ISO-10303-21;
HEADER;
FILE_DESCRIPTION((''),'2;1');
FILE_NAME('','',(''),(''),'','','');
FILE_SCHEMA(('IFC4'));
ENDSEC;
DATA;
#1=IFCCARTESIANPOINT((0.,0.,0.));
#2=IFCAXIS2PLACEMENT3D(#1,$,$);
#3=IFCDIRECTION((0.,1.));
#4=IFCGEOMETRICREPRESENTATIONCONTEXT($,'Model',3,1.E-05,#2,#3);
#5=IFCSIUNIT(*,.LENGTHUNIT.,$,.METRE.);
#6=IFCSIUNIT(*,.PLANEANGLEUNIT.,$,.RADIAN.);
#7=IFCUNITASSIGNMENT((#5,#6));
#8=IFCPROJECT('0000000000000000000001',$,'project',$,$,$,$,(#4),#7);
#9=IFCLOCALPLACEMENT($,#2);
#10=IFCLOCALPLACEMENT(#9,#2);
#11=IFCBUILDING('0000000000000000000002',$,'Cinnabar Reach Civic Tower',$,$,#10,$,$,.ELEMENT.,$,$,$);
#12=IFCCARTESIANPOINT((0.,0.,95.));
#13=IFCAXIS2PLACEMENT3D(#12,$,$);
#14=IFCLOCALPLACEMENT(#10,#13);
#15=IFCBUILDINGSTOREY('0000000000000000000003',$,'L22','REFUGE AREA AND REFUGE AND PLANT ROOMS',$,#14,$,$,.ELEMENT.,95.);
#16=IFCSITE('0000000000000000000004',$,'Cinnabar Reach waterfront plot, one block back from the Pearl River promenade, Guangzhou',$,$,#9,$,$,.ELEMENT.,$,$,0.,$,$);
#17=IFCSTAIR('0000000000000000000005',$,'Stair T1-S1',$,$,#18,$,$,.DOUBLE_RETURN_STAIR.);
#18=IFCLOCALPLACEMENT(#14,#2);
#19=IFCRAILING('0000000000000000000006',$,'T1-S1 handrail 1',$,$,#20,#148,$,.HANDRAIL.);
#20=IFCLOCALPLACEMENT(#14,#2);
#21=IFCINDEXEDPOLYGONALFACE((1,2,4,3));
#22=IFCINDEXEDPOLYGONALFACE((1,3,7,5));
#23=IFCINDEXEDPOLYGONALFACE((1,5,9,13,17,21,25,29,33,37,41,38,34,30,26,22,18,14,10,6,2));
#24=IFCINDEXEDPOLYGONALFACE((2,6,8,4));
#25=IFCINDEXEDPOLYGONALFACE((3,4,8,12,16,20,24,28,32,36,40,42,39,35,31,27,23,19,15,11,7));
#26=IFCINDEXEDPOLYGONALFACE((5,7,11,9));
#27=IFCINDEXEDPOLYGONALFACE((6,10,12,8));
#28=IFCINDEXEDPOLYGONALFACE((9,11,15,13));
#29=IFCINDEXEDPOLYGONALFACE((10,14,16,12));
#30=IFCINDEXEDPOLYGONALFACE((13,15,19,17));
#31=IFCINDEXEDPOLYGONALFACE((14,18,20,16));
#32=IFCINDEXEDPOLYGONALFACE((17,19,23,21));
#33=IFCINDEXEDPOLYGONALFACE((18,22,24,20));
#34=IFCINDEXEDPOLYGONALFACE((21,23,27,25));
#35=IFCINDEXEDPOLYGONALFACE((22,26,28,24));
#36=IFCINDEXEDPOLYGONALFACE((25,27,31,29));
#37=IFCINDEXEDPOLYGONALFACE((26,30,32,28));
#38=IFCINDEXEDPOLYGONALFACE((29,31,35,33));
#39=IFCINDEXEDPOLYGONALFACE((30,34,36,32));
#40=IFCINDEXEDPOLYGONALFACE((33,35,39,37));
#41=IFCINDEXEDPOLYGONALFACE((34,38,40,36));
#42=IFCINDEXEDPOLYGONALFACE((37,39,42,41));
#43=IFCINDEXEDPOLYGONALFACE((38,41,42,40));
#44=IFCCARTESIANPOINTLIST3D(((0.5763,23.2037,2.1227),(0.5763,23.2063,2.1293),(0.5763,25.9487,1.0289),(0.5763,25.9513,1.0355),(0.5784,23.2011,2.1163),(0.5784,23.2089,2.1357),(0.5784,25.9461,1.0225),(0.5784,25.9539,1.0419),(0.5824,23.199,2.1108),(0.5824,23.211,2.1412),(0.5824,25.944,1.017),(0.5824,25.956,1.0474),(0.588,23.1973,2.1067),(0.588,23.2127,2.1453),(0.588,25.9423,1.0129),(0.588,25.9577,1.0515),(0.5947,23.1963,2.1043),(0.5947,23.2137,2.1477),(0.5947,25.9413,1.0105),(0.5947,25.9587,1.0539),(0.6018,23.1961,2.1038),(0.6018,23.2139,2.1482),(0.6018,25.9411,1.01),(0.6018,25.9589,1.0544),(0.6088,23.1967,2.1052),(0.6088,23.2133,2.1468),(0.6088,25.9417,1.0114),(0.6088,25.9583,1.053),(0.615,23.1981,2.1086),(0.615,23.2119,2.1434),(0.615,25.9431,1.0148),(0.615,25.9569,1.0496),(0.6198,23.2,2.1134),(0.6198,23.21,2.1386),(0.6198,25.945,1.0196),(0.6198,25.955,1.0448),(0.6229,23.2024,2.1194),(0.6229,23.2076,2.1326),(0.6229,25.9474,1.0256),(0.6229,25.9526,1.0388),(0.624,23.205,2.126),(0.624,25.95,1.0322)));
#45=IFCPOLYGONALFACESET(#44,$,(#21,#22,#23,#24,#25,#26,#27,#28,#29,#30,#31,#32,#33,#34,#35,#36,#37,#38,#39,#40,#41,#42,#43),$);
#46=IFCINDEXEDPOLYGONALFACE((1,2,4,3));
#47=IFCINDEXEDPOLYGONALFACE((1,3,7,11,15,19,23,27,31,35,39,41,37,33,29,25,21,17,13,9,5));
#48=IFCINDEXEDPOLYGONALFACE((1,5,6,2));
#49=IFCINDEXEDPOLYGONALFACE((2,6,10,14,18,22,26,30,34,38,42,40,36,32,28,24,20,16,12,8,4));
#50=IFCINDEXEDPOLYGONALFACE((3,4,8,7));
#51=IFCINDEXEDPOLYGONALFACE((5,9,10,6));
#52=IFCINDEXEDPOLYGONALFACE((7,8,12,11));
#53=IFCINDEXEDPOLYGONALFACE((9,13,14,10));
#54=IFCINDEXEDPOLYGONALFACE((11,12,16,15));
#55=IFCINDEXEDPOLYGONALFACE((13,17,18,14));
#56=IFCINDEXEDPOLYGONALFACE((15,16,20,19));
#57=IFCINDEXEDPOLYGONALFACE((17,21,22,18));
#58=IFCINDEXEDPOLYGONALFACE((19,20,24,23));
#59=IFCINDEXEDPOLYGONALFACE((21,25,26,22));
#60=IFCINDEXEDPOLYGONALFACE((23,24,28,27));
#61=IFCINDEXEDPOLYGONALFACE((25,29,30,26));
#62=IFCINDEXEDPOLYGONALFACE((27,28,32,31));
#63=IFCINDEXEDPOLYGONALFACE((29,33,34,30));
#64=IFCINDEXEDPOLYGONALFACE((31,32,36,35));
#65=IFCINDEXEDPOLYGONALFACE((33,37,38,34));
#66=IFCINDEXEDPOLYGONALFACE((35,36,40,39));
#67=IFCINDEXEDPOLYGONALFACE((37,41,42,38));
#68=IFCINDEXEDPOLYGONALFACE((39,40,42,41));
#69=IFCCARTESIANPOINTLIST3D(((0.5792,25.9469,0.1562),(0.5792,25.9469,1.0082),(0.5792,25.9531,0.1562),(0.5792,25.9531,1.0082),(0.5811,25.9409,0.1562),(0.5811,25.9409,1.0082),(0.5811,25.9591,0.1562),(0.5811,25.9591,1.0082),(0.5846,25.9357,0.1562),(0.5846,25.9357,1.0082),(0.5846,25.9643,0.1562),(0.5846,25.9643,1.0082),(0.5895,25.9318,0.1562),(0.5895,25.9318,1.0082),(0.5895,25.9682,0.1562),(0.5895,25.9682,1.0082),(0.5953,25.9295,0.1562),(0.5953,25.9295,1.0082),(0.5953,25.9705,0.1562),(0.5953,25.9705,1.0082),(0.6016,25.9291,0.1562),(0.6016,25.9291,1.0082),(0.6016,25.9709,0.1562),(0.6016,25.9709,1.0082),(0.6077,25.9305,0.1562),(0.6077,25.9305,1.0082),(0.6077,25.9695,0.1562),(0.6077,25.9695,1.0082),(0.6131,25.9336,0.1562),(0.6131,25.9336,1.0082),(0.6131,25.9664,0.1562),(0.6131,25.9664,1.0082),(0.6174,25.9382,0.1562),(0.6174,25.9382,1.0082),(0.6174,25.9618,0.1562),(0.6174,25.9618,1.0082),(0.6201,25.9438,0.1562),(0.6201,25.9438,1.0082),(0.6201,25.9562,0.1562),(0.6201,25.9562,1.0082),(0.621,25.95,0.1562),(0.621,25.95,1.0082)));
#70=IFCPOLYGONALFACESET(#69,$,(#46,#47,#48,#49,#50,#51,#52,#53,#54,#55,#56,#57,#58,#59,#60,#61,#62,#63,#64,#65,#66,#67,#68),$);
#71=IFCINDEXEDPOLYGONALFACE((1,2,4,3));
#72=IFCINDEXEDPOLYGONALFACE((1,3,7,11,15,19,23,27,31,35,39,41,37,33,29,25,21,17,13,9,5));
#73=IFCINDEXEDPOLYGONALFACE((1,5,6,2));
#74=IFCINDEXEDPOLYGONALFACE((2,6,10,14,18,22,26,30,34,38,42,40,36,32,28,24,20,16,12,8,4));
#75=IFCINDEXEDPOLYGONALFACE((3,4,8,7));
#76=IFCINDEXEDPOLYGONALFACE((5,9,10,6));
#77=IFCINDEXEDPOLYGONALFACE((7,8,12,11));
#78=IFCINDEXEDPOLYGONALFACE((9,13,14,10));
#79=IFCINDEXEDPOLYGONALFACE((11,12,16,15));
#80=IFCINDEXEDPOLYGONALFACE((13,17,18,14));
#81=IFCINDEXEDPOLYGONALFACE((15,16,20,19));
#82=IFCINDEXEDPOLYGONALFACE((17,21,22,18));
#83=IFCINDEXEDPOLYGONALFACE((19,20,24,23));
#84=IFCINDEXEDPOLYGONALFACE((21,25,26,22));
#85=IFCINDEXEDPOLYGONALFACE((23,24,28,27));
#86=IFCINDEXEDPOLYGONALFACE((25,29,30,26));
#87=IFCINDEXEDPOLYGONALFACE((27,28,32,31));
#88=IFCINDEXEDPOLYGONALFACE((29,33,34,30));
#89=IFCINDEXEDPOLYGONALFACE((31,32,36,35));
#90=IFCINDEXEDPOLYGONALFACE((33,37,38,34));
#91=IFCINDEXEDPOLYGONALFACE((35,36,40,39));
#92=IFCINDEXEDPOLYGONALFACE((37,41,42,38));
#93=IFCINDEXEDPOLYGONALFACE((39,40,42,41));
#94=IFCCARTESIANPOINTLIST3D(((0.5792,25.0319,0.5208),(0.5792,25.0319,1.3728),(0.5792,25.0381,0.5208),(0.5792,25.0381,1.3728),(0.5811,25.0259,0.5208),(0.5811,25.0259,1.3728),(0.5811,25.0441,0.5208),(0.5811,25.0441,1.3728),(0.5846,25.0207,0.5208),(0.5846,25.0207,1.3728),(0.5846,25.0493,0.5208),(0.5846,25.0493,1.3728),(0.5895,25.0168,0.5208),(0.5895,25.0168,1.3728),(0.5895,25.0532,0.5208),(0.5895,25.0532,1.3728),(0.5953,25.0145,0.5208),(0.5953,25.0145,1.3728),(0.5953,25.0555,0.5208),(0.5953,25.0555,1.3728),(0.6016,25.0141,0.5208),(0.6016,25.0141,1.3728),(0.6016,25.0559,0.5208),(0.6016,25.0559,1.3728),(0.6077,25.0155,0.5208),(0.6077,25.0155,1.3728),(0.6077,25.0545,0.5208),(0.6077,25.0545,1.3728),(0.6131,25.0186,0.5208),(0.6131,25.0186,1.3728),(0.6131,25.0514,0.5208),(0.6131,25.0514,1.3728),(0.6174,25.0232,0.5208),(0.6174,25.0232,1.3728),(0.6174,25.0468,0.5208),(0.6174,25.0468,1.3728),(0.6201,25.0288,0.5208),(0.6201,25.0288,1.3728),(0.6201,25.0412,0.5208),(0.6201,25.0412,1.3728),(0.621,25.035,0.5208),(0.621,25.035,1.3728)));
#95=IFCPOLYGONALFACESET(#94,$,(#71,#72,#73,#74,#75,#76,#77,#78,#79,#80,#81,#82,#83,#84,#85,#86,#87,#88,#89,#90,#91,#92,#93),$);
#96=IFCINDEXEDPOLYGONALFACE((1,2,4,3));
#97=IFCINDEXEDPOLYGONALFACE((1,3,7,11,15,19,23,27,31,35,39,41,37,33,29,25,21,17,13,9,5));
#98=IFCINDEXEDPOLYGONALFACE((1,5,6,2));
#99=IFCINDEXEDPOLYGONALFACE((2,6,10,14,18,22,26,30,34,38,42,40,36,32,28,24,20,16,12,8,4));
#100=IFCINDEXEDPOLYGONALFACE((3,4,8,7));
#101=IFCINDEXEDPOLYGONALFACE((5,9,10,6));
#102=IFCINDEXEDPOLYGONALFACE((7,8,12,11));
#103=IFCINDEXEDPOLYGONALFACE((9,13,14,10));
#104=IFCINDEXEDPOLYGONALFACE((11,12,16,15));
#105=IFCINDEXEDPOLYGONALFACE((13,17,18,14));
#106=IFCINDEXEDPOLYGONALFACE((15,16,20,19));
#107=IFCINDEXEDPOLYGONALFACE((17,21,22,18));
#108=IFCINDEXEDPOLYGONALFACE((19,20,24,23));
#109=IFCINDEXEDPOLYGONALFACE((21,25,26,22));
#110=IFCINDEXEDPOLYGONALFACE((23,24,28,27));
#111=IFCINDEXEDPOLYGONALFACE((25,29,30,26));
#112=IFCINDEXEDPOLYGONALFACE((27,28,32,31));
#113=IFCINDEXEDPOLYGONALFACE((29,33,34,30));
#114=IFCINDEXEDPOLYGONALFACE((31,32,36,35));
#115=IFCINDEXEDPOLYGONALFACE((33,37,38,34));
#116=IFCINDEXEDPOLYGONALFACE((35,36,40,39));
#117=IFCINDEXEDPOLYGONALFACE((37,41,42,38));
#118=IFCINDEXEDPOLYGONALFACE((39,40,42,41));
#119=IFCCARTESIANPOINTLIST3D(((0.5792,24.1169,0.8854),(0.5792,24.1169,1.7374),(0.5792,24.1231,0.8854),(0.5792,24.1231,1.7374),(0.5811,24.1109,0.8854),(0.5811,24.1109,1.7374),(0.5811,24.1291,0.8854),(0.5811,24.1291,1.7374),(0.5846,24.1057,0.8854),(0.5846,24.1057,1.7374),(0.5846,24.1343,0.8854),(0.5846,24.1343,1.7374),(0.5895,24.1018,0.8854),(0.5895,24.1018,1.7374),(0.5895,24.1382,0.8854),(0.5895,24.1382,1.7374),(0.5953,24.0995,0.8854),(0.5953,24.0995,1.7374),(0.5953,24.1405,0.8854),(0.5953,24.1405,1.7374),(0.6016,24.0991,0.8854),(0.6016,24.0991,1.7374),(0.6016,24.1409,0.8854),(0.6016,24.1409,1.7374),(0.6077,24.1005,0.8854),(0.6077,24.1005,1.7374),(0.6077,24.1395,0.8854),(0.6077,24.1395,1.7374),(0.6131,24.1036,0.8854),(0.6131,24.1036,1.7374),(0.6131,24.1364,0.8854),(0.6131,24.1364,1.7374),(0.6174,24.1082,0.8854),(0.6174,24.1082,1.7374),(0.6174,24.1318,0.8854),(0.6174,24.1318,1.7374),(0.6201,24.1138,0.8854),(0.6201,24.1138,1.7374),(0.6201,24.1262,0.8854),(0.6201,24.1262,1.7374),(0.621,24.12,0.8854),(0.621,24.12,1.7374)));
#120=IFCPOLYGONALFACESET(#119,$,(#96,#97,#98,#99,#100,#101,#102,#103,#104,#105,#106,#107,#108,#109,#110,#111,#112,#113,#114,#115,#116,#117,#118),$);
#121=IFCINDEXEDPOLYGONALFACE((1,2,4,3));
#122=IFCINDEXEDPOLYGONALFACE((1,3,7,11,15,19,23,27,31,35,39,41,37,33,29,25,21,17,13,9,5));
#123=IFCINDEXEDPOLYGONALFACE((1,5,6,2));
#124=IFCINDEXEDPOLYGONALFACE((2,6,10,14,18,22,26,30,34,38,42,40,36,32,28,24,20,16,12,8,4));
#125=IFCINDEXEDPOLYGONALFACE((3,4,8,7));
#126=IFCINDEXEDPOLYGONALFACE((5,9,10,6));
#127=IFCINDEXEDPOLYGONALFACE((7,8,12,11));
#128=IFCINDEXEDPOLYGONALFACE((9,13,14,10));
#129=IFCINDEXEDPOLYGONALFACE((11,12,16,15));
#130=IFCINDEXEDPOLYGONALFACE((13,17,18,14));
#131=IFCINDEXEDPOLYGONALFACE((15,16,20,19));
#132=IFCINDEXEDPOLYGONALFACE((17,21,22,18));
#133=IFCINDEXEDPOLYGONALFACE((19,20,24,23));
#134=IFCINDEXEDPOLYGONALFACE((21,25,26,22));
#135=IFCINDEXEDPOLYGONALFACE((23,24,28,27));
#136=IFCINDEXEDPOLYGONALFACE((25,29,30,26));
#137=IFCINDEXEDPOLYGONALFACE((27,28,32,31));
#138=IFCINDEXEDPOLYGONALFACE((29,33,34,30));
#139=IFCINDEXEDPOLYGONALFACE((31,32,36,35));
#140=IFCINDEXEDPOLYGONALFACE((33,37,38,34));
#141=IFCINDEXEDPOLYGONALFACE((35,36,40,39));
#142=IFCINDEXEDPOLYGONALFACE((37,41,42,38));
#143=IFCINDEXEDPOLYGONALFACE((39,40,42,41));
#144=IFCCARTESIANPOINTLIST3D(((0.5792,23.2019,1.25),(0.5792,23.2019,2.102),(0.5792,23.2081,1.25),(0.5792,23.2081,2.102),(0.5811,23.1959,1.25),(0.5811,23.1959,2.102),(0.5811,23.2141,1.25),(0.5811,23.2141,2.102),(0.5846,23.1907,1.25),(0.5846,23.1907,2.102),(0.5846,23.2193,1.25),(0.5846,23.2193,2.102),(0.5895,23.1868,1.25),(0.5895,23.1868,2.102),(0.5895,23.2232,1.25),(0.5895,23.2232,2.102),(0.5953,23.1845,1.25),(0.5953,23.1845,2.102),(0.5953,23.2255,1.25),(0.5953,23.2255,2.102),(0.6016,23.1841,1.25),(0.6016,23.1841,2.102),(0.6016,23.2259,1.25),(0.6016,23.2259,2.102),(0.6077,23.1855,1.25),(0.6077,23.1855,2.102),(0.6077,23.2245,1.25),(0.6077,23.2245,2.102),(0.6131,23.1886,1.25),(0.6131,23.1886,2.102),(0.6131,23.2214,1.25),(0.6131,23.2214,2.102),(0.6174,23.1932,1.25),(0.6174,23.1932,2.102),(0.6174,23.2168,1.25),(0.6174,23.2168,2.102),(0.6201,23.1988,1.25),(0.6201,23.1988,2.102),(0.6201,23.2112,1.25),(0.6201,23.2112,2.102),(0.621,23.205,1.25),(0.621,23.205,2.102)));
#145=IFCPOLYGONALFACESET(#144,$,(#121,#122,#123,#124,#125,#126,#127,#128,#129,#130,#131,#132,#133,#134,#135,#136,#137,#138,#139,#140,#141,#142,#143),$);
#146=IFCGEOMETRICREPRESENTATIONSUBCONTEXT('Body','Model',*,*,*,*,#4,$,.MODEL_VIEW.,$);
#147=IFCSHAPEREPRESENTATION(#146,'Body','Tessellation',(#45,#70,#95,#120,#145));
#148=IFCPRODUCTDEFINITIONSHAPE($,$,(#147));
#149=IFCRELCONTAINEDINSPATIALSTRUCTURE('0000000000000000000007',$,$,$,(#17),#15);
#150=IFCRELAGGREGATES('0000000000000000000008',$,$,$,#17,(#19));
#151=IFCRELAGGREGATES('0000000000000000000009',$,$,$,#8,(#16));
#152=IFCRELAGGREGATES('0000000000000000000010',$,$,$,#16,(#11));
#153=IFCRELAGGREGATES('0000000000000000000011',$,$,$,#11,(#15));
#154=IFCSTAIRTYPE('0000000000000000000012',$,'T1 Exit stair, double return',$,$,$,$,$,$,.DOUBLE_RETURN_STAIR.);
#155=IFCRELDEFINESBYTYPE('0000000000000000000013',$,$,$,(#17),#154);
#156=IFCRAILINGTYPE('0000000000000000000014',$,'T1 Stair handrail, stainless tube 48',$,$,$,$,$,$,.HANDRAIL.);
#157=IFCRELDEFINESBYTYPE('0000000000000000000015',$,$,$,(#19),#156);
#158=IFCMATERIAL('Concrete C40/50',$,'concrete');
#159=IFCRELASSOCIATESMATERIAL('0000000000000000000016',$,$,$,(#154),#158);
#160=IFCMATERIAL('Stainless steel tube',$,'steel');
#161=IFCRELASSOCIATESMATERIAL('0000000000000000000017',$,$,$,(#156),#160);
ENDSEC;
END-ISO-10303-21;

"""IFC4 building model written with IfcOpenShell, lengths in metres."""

from ifc_helpers import new_model, si_unit, direction, frame, origin, origin_2d, place, context, subcontext, project, spatial, circle, extrude, material, type_object, element, aggregate, save


model = new_model("IFC4")

# Units and contexts
model_context = context("Model", 3, precision=1e-05, world=origin(), true_north=direction((0.0, 1.0)))
body_context = subcontext(model_context, "Body", "Model", "MODEL_VIEW")
ifc_project = project(units=[si_unit("LENGTHUNIT", "METRE"), si_unit("PLANEANGLEUNIT", "RADIAN")], contexts=[model_context])

# Site, building, storey
site_placement = place(None, origin())
site = spatial("IfcSite", under=ifc_project, at=site_placement, Name="Cinnabar Reach waterfront plot, one block back from the Pearl River promenade, Guangzhou", CompositionType="ELEMENT", RefElevation=0.0)
building_placement = place(site_placement, origin())
building = spatial("IfcBuilding", under=site, at=building_placement, Name="Cinnabar Reach Civic Tower", CompositionType="ELEMENT")
storey_placement = place(building_placement, frame((0.0, 0.0, 95.0)))
storey = spatial("IfcBuildingStorey", under=building, at=storey_placement, Name="L22", Description="REFUGE AREA AND REFUGE AND PLANT ROOMS", CompositionType="ELEMENT", Elevation=95.0)

# Shared definitions
ifc_material_1 = material(Name="Concrete C40/50", Category="concrete")

# Stair, railing
stair_type = type_object("IfcStairType", Name="T1 Exit stair, double return", PredefinedType="DOUBLE_RETURN_STAIR", material=ifc_material_1)
stair_placement = place(storey_placement, origin())
stair = element("IfcStair", 1, at=stair_placement, inside=storey, type_object=stair_type, Name="Stair T1-S1", PredefinedType="DOUBLE_RETURN_STAIR")
ifc_material_2 = material(Name="Stainless steel tube", Category="steel")
railing_type_1 = type_object("IfcRailingType", Name="T1 Stair handrail, stainless tube 48", PredefinedType="HANDRAIL", material=ifc_material_2)
railing_1_placement = place(storey_placement, frame((0.6, 25.95, 0.1562)))
railing_1 = element("IfcRailing", 2, at=railing_1_placement, type_object=railing_type_1, Name="T1-S1 handrail 1", PredefinedType="HANDRAIL", context=body_context, shape_type="SweptSolid", body=[
    extrude(circle(Radius=0.024, at=origin_2d()), frame((0.0, 0.0, 0.876), z_axis=(0.0, -0.928966, 0.370165), x_axis=(1.0, 0.0, 0.0)), (0.0, 0.0, 1.0), 2.9549),
    extrude(circle(Radius=0.021, at=origin_2d()), origin(), (0.0, 0.0, 1.0), 0.852),
    extrude(circle(Radius=0.021, at=origin_2d()), frame((0.0, -0.915, 0.3646)), (0.0, 0.0, 1.0), 0.852),
    extrude(circle(Radius=0.021, at=origin_2d()), frame((0.0, -1.83, 0.7292)), (0.0, 0.0, 1.0), 0.852),
    extrude(circle(Radius=0.021, at=origin_2d()), frame((0.0, -2.745, 1.0938)), (0.0, 0.0, 1.0), 0.852),
])
aggregate(stair, [railing_1])

save(model, "model.ifc")
